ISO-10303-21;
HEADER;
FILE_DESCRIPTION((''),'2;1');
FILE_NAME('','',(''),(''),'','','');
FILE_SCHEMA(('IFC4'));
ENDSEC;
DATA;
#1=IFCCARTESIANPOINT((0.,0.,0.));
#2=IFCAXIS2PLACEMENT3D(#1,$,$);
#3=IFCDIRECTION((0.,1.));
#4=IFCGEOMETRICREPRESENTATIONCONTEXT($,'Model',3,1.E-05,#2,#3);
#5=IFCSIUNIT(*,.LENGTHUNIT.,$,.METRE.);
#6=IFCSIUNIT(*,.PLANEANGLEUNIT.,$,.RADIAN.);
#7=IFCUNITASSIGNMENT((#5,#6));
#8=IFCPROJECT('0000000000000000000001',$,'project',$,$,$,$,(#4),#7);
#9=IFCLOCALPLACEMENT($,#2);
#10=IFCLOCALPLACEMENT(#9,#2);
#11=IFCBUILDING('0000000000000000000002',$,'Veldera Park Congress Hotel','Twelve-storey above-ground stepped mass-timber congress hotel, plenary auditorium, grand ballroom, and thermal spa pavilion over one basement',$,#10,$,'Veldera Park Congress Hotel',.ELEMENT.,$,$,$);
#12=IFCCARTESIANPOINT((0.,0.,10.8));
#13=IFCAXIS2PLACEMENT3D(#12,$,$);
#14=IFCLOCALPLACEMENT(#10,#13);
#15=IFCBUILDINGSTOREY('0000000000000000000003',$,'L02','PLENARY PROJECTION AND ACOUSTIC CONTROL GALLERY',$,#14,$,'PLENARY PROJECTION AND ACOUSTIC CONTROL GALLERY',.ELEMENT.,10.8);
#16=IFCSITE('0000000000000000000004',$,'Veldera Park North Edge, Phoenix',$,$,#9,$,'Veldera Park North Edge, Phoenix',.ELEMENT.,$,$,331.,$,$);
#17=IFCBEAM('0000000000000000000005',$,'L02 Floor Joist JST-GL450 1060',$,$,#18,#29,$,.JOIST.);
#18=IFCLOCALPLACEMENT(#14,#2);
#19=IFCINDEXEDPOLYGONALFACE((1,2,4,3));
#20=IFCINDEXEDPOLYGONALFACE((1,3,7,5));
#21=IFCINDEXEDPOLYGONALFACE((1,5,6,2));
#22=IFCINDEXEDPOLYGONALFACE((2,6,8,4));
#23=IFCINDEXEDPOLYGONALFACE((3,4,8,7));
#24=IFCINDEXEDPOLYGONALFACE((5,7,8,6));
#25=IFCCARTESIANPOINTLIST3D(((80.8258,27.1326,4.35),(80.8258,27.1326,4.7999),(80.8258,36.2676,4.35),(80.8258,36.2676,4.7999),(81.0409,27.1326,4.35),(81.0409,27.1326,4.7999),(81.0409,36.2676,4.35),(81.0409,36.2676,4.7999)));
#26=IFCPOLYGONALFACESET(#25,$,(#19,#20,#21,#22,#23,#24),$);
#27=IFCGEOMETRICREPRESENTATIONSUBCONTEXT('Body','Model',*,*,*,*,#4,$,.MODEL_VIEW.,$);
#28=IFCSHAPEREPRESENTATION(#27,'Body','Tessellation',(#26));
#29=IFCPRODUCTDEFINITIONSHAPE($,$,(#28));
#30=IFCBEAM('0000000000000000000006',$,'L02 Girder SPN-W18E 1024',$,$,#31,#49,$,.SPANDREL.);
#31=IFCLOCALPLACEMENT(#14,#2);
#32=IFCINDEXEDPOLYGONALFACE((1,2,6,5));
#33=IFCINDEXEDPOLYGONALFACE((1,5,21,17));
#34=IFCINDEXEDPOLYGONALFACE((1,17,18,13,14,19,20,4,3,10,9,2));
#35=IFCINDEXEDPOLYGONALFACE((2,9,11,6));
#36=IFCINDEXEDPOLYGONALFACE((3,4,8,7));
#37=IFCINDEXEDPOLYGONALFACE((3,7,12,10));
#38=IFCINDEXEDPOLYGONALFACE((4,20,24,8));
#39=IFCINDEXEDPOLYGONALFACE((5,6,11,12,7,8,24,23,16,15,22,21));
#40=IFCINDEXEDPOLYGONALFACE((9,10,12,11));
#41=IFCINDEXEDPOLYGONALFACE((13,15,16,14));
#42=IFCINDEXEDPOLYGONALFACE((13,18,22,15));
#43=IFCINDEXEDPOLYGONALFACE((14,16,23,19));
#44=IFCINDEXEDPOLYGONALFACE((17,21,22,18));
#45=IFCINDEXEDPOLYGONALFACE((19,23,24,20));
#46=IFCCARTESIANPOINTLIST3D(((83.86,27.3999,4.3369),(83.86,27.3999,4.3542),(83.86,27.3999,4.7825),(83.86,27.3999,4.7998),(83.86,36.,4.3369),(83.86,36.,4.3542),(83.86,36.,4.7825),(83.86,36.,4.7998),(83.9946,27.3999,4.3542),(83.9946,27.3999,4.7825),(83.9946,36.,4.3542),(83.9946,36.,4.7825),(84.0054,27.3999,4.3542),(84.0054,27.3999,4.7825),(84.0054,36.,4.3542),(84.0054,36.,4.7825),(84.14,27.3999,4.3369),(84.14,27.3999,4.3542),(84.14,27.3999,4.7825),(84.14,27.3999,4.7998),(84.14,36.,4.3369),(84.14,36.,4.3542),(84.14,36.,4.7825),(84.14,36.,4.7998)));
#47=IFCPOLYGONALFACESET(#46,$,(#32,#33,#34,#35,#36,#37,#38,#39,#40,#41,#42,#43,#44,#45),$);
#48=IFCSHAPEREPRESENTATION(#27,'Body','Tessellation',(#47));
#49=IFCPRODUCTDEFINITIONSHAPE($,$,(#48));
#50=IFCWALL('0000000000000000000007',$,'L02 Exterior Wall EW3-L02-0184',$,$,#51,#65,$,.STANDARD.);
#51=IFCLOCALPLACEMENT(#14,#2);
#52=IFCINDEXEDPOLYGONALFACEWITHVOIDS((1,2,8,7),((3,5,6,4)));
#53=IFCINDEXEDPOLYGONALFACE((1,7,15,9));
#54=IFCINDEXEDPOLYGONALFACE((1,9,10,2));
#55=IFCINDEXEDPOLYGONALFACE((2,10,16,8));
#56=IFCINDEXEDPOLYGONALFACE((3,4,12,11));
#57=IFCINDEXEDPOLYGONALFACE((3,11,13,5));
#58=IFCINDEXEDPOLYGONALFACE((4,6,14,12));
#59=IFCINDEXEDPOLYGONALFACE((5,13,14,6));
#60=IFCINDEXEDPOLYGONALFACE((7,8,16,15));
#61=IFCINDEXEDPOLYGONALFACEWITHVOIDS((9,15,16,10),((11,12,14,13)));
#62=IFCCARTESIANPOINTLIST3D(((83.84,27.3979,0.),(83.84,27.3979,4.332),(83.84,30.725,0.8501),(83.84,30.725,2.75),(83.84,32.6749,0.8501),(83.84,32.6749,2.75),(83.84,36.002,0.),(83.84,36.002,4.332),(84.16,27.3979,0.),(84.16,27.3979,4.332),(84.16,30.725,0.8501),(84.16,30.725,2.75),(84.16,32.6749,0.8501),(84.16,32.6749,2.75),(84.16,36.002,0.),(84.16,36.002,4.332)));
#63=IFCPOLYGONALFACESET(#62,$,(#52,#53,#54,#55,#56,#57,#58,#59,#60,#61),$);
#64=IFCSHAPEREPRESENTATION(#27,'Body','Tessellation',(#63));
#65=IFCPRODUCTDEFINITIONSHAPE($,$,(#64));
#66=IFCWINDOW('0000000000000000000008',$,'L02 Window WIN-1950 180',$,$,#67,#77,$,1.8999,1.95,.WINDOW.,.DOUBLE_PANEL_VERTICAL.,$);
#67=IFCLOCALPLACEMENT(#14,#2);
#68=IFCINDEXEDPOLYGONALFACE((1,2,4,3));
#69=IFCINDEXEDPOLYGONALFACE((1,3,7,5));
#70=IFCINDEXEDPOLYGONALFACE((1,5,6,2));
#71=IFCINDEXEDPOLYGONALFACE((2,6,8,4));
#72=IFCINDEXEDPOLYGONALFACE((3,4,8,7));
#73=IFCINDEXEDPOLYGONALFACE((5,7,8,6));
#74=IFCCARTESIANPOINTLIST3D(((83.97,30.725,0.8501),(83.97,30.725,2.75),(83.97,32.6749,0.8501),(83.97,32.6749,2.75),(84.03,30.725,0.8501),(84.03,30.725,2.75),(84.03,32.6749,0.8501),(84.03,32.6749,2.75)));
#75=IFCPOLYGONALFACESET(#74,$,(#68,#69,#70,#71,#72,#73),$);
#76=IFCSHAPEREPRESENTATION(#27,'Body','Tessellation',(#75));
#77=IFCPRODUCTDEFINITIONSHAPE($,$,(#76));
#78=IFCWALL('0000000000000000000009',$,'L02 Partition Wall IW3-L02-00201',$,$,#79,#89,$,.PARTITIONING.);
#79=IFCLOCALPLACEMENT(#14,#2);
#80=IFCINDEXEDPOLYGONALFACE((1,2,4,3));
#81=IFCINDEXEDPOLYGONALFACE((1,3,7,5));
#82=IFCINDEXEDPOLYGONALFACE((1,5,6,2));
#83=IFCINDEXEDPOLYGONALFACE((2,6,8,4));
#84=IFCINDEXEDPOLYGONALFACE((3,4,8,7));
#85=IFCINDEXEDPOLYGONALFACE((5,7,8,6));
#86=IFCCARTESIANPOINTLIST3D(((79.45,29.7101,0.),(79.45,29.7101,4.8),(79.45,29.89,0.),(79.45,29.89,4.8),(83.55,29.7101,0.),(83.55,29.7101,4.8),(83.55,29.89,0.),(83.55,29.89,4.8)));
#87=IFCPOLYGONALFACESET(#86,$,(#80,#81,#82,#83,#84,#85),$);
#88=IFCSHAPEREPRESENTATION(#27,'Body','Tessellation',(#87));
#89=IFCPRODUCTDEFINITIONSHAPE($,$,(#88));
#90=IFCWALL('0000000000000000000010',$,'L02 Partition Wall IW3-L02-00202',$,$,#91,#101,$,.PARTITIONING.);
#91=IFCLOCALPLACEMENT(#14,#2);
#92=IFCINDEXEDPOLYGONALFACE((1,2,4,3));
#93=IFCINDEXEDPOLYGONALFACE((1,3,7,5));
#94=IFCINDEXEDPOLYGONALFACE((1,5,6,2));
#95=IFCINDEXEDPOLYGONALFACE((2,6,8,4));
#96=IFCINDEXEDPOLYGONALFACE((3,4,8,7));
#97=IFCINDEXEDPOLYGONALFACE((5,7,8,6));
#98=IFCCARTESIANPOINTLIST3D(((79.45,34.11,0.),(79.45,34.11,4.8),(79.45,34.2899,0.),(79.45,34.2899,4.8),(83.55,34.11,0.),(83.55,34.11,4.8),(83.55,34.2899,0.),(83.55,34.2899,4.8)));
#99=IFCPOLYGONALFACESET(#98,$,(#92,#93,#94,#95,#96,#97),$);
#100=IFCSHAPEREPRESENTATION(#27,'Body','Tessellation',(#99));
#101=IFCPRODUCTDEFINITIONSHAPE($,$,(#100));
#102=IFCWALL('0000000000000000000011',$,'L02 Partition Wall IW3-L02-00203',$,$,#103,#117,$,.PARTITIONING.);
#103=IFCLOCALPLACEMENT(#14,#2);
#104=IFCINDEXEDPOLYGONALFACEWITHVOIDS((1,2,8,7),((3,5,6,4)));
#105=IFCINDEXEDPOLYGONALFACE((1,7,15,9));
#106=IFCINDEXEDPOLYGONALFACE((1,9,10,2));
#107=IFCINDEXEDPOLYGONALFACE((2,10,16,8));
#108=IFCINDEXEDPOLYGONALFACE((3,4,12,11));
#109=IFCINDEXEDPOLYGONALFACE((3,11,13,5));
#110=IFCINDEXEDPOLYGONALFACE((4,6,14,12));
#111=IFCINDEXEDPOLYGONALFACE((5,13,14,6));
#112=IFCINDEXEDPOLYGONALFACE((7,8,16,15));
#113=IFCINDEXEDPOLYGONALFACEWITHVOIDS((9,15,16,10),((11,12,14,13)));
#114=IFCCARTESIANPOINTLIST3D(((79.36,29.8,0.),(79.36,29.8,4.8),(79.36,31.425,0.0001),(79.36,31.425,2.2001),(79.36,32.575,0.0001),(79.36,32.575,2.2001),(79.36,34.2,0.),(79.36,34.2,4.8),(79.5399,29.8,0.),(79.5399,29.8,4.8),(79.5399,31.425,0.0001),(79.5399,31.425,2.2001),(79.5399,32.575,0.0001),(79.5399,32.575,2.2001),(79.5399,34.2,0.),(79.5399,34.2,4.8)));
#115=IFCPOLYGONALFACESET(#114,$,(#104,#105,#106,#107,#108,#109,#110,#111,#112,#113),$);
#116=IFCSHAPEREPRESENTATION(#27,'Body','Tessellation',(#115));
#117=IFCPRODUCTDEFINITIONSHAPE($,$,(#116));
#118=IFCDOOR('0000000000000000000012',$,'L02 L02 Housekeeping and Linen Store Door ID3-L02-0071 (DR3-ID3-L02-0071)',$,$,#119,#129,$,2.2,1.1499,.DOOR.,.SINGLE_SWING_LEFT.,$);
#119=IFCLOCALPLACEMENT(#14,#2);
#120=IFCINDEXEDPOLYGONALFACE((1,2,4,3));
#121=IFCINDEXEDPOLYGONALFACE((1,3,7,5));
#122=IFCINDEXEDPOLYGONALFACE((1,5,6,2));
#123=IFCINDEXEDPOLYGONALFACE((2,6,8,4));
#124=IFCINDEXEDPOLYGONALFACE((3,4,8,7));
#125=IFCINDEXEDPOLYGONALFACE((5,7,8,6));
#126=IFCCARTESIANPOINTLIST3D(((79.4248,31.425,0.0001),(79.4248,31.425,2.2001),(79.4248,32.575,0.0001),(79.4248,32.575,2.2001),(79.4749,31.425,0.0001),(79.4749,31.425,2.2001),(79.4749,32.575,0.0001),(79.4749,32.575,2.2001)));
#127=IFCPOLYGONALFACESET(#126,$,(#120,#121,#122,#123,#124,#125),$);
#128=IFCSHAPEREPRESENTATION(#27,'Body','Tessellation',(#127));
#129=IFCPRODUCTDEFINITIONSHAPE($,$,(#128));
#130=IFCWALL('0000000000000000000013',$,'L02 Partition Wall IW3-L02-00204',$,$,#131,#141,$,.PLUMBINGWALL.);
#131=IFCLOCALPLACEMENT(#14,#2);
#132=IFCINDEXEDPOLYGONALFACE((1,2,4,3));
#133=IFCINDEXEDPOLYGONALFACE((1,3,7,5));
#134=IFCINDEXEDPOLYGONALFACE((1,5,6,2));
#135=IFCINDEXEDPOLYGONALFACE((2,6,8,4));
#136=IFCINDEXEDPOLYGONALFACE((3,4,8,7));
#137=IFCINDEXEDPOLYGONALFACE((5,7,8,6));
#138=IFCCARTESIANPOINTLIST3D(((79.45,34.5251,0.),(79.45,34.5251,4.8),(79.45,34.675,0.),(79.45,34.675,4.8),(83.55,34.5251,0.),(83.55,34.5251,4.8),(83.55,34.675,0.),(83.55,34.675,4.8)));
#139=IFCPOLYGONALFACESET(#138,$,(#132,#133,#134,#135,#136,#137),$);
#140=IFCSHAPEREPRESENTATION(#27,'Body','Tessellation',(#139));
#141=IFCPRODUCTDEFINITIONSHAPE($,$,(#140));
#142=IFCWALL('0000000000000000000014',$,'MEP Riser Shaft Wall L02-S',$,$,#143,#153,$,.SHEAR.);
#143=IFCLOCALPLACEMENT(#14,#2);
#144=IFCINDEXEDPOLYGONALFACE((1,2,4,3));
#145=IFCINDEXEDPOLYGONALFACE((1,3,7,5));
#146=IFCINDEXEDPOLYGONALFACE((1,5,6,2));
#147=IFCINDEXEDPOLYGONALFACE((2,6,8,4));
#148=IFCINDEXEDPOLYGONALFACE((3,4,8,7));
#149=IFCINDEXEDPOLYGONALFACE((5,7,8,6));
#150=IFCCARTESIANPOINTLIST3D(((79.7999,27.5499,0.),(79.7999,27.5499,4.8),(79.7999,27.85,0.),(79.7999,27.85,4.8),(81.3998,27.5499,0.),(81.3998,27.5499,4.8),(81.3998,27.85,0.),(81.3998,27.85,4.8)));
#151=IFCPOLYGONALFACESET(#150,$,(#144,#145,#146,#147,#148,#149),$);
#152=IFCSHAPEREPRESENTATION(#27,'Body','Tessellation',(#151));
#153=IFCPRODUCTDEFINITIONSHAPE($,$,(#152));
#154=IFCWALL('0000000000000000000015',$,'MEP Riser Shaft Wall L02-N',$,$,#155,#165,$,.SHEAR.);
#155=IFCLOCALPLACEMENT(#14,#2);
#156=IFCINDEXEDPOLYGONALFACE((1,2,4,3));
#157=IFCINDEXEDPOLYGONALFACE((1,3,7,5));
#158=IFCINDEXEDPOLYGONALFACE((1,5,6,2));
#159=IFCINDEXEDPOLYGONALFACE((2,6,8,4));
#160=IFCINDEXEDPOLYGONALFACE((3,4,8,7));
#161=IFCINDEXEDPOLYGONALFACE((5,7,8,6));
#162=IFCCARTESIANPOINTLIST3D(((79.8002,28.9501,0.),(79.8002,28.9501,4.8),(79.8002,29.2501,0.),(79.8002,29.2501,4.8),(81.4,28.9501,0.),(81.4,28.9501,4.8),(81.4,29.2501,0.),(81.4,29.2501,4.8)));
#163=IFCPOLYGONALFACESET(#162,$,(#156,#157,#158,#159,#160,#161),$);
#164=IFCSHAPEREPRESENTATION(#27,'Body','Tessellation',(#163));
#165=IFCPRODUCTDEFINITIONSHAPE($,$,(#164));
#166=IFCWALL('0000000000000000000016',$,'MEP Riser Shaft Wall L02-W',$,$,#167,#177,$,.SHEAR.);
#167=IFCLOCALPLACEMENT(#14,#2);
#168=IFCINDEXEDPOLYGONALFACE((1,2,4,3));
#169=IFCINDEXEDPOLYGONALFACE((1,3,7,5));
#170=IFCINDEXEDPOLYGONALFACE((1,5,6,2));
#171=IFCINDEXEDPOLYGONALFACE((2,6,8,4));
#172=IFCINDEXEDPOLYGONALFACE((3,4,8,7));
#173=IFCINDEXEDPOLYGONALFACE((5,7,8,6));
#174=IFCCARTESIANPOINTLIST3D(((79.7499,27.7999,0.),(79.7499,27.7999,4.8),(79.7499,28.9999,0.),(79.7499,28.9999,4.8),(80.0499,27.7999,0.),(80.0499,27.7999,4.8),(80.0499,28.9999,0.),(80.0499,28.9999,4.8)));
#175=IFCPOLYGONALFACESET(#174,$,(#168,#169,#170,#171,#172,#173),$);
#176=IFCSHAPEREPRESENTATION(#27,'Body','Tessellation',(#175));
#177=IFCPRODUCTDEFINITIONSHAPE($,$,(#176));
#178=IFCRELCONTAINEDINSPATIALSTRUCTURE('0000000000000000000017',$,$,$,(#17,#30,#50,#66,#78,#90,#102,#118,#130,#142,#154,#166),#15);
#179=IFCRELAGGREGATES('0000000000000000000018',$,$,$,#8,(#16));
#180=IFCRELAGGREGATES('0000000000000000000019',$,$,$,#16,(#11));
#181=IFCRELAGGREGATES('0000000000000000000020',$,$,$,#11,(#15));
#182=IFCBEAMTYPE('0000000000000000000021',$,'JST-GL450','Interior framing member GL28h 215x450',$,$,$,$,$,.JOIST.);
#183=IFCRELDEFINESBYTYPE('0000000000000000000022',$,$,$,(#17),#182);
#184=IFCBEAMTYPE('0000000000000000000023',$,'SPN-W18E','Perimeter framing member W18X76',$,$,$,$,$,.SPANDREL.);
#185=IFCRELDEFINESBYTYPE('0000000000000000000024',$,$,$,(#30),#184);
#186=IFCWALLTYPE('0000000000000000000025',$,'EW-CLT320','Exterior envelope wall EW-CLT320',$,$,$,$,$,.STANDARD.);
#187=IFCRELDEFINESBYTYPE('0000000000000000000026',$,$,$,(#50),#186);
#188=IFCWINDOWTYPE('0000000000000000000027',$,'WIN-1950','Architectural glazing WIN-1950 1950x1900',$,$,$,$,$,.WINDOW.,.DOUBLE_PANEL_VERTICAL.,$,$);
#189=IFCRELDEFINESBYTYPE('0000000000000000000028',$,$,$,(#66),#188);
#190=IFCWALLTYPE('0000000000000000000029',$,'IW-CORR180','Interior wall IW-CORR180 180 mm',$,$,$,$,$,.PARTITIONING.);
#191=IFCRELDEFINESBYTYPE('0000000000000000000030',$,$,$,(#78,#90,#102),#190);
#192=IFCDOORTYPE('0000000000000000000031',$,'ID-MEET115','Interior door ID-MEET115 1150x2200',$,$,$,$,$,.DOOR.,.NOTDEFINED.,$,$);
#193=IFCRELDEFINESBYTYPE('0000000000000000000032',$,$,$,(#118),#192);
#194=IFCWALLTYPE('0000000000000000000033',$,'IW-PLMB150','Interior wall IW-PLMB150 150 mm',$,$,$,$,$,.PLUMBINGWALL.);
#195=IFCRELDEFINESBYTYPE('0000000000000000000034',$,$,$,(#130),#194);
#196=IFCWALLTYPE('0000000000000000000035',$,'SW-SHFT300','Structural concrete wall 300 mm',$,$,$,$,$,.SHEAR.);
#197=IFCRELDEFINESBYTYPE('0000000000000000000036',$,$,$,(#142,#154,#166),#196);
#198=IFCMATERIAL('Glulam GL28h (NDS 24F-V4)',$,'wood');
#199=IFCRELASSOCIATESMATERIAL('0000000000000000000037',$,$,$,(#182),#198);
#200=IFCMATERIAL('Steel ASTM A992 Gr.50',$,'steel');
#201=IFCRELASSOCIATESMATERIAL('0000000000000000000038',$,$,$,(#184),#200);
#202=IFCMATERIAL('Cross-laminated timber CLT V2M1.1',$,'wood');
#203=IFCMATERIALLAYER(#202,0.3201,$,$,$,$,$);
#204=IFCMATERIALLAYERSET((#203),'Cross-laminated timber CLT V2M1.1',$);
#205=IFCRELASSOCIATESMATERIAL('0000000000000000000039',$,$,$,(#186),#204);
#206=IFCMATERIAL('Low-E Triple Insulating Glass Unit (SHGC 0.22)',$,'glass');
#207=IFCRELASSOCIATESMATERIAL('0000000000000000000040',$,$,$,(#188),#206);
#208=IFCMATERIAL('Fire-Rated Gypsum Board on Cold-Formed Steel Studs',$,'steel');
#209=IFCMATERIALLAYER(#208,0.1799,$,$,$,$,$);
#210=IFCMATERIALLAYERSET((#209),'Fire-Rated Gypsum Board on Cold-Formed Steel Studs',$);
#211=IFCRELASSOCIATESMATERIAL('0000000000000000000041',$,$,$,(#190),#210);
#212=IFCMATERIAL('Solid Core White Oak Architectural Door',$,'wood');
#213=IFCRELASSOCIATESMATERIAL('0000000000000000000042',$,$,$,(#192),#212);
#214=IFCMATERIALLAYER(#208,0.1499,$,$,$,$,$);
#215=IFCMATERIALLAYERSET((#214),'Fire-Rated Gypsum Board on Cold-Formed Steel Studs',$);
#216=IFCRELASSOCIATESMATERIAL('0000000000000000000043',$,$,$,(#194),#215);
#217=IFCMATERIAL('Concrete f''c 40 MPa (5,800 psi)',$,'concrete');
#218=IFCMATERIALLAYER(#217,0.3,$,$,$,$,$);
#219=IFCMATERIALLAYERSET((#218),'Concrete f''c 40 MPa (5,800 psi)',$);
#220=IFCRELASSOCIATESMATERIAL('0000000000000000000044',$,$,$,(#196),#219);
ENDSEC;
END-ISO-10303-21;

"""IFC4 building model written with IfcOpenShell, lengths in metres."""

from ifc_helpers import new_model, si_unit, direction, frame, frame_2d, origin, origin_2d, place, context, subcontext, project, spatial, rectangle, i_section, extrude, material, layer, layer_set, material_profile, profile_set, type_object, element, fill, save


model = new_model("IFC4")

# Units and contexts
model_context = context("Model", 3, precision=1e-05, world=origin(), true_north=direction((0.0, 1.0)))
body_context = subcontext(model_context, "Body", "Model", "MODEL_VIEW")
ifc_project = project(units=[si_unit("LENGTHUNIT", "METRE"), si_unit("PLANEANGLEUNIT", "RADIAN")], contexts=[model_context])

# Site, building, storey
site_placement = place(None, origin())
site = spatial("IfcSite", under=ifc_project, at=site_placement, Name="Veldera Park North Edge, Phoenix", LongName="Veldera Park North Edge, Phoenix", CompositionType="ELEMENT", RefElevation=331.0)
building_placement = place(site_placement, origin())
building = spatial("IfcBuilding", under=site, at=building_placement, Name="Veldera Park Congress Hotel", Description="Twelve-storey above-ground stepped mass-timber congress hotel, plenary auditorium, grand ballroom, and thermal spa pavilion over one basement", LongName="Veldera Park Congress Hotel", CompositionType="ELEMENT")
storey_placement = place(building_placement, frame((0.0, 0.0, 10.8)))
storey = spatial("IfcBuildingStorey", under=building, at=storey_placement, Name="L02", Description="PLENARY PROJECTION AND ACOUSTIC CONTROL GALLERY", LongName="PLENARY PROJECTION AND ACOUSTIC CONTROL GALLERY", CompositionType="ELEMENT", Elevation=10.8)

# Beams
ifc_material_1 = material(Name="Glulam GL28h (NDS 24F-V4)", Category="wood")
ifc_material_profile_1 = material_profile(ifc_material_1, rectangle(XDim=0.2151, YDim=0.45, at=origin_2d()), Name="GL28h 215x450")
ifc_profile_set_1 = profile_set([ifc_material_profile_1], Name="Glulam GL28h (NDS 24F-V4)")
beam_type_1 = type_object("IfcBeamType", Name="JST-GL450", Description="Interior framing member GL28h 215x450", PredefinedType="JOIST", material=ifc_profile_set_1)
beam_1_placement = place(storey_placement, frame((80.9333, 27.1326, 4.575), z_axis=(0.0, 1.0, 0.0), x_axis=(-1.0, 0.0, 0.0)))
element("IfcBeam", 1, at=beam_1_placement, inside=storey, type_object=beam_type_1, Name="L02 Floor Joist JST-GL450 1060", PredefinedType="JOIST", context=body_context, shape_type="SweptSolid", body=[
    extrude(rectangle(XDim=0.2151, YDim=0.45, at=origin_2d()), origin(), (0.0, 0.0, 1.0), 9.135),
])
ifc_material_2 = material(Name="Steel ASTM A992 Gr.50", Category="steel")
ifc_material_profile_2 = material_profile(ifc_material_2, i_section(OverallWidth=0.28, OverallDepth=0.4629, WebThickness=0.0107, FlangeThickness=0.0173, at=origin_2d()), Name="W18X76")
ifc_profile_set_2 = profile_set([ifc_material_profile_2], Name="Steel ASTM A992 Gr.50")
beam_type_2 = type_object("IfcBeamType", Name="SPN-W18E", Description="Perimeter framing member W18X76", PredefinedType="SPANDREL", material=ifc_profile_set_2)
beam_2_placement = place(storey_placement, frame((84.0, 27.3999, 4.5684), z_axis=(0.0, 1.0, 0.0), x_axis=(-1.0, 0.0, 0.0)))
element("IfcBeam", 2, at=beam_2_placement, inside=storey, type_object=beam_type_2, Name="L02 Girder SPN-W18E 1024", PredefinedType="SPANDREL", context=body_context, shape_type="SweptSolid", body=[
    extrude(i_section(OverallWidth=0.28, OverallDepth=0.4629, WebThickness=0.0107, FlangeThickness=0.0173, at=origin_2d()), origin(), (0.0, 0.0, 1.0), 8.6001),
])

# Wall, opening, window
ifc_material_3 = material(Name="Cross-laminated timber CLT V2M1.1", Category="wood")
ifc_layer_1 = layer(ifc_material_3, 0.3201)
ifc_layer_set_1 = layer_set([ifc_layer_1], Name="Cross-laminated timber CLT V2M1.1")
wall_type_1 = type_object("IfcWallType", Name="EW-CLT320", Description="Exterior envelope wall EW-CLT320", PredefinedType="STANDARD", material=ifc_layer_set_1)
wall_1_placement = place(storey_placement, frame((84.0, 27.3979, 0.0), z_axis=(0.0, 0.0, 1.0), x_axis=(0.0, 1.0, 0.0)))
wall_1 = element("IfcWall", 3, at=wall_1_placement, inside=storey, type_object=wall_type_1, Name="L02 Exterior Wall EW3-L02-0184", PredefinedType="STANDARD", context=body_context, shape_type="SweptSolid", body=[
    extrude(rectangle(XDim=8.604, YDim=0.3201, at=frame_2d((4.302, 0.0))), origin(), (0.0, 0.0, 1.0), 4.332),
])
opening_1_placement = place(wall_1_placement, frame((3.3269, 0.0, 0.8501)))
opening_1 = element("IfcOpeningElement", 4, at=opening_1_placement, cuts=wall_1, PredefinedType="OPENING", context=body_context, shape_type="SweptSolid", body=[
    extrude(rectangle(XDim=1.95, YDim=1.8999, at=frame_2d((0.9751, 0.95))), frame((0.0, 0.1721, 0.0), z_axis=(0.0, -1.0, 0.0), x_axis=(1.0, 0.0, 0.0)), (0.0, 0.0, 1.0), 0.344),
])
ifc_material_4 = material(Name="Low-E Triple Insulating Glass Unit (SHGC 0.22)", Category="glass")
window_type = type_object("IfcWindowType", Name="WIN-1950", Description="Architectural glazing WIN-1950 1950x1900", PartitioningType="DOUBLE_PANEL_VERTICAL", PredefinedType="WINDOW", material=ifc_material_4)
window_placement = place(opening_1_placement, origin())
window = element("IfcWindow", 5, at=window_placement, inside=storey, type_object=window_type, Name="L02 Window WIN-1950 180", OverallHeight=1.8999, OverallWidth=1.95, PartitioningType="DOUBLE_PANEL_VERTICAL", PredefinedType="WINDOW", context=body_context, shape_type="SweptSolid", body=[
    extrude(rectangle(XDim=1.95, YDim=1.8999, at=frame_2d((0.9751, 0.95))), frame((0.0, 0.03, 0.0), z_axis=(0.0, -1.0, 0.0), x_axis=(1.0, 0.0, 0.0)), (0.0, 0.0, 1.0), 0.0601),
])
fill(opening_1, window)

# Walls
ifc_material_5 = material(Name="Fire-Rated Gypsum Board on Cold-Formed Steel Studs", Category="steel")
ifc_layer_2 = layer(ifc_material_5, 0.1799)
ifc_layer_set_2 = layer_set([ifc_layer_2], Name="Fire-Rated Gypsum Board on Cold-Formed Steel Studs")
wall_type_2 = type_object("IfcWallType", Name="IW-CORR180", Description="Interior wall IW-CORR180 180 mm", PredefinedType="PARTITIONING", material=ifc_layer_set_2)
for number, where, z_axis, x_axis, name in (
    (6, (79.45, 29.8, 0.0), (0.0, 0.0, 1.0), (1.0, 0.0, 0.0), "L02 Partition Wall IW3-L02-00201"),
    (7, (83.55, 34.2, 0.0), (0.0, 0.0, 1.0), (-1.0, 0.0, 0.0), "L02 Partition Wall IW3-L02-00202"),
):
    element("IfcWall", number, at=place(storey_placement, frame(where, z_axis=z_axis, x_axis=x_axis)), inside=storey, type_object=wall_type_2, Name=name, PredefinedType="PARTITIONING", context=body_context, shape_type="SweptSolid", body=[
        extrude(rectangle(XDim=4.1001, YDim=0.1799, at=frame_2d((2.05, 0.0))), origin(), (0.0, 0.0, 1.0), 4.8),
    ])

# Wall, opening, door
wall_2_placement = place(storey_placement, frame((79.45, 34.2, 0.0), z_axis=(0.0, 0.0, 1.0), x_axis=(0.0, -1.0, 0.0)))
wall_2 = element("IfcWall", 8, at=wall_2_placement, inside=storey, type_object=wall_type_2, Name="L02 Partition Wall IW3-L02-00203", PredefinedType="PARTITIONING", context=body_context, shape_type="SweptSolid", body=[
    extrude(rectangle(XDim=4.3999, YDim=0.1799, at=frame_2d((2.2, 0.0))), origin(), (0.0, 0.0, 1.0), 4.8),
])
opening_2_placement = place(wall_2_placement, frame((1.625, 0.0, 0.0)))
opening_2 = element("IfcOpeningElement", 9, at=opening_2_placement, cuts=wall_2, PredefinedType="OPENING", context=body_context, shape_type="SweptSolid", body=[
    extrude(rectangle(XDim=1.1499, YDim=2.2, at=frame_2d((0.575, 1.1001))), frame((0.0, 0.1021, 0.0), z_axis=(0.0, -1.0, 0.0), x_axis=(1.0, 0.0, 0.0)), (0.0, 0.0, 1.0), 0.2039),
])
ifc_material_6 = material(Name="Solid Core White Oak Architectural Door", Category="wood")
door_type_1 = type_object("IfcDoorType", Name="ID-MEET115", Description="Interior door ID-MEET115 1150x2200", OperationType="NOTDEFINED", PredefinedType="DOOR", material=ifc_material_6)
door_1_placement = place(opening_2_placement, origin())
door_1 = element("IfcDoor", 10, at=door_1_placement, inside=storey, type_object=door_type_1, Name="L02 L02 Housekeeping and Linen Store Door ID3-L02-0071 (DR3-ID3-L02-0071)", OperationType="SINGLE_SWING_LEFT", OverallHeight=2.2, OverallWidth=1.1499, PredefinedType="DOOR", context=body_context, shape_type="SweptSolid", body=[
    extrude(rectangle(XDim=1.1499, YDim=2.2, at=frame_2d((0.575, 1.1001))), frame((0.0, 0.0249, 0.0), z_axis=(0.0, -1.0, 0.0), x_axis=(1.0, 0.0, 0.0)), (0.0, 0.0, 1.0), 0.05),
])
fill(opening_2, door_1)

# Walls
ifc_layer_3 = layer(ifc_material_5, 0.1499)
ifc_layer_set_3 = layer_set([ifc_layer_3], Name="Fire-Rated Gypsum Board on Cold-Formed Steel Studs")
wall_type_3 = type_object("IfcWallType", Name="IW-PLMB150", Description="Interior wall IW-PLMB150 150 mm", PredefinedType="PLUMBINGWALL", material=ifc_layer_set_3)
wall_3_placement = place(storey_placement, frame((79.45, 34.6001, 0.0), z_axis=(0.0, 0.0, 1.0), x_axis=(1.0, 0.0, 0.0)))
element("IfcWall", 11, at=wall_3_placement, inside=storey, type_object=wall_type_3, Name="L02 Partition Wall IW3-L02-00204", PredefinedType="PLUMBINGWALL", context=body_context, shape_type="SweptSolid", body=[
    extrude(rectangle(XDim=4.1001, YDim=0.1499, at=frame_2d((2.05, 0.0))), origin(), (0.0, 0.0, 1.0), 4.8),
])
ifc_material_7 = material(Name="Concrete f'c 40 MPa (5,800 psi)", Category="concrete")
ifc_layer_4 = layer(ifc_material_7, 0.3)
ifc_layer_set_4 = layer_set([ifc_layer_4], Name="Concrete f'c 40 MPa (5,800 psi)")
wall_type_4 = type_object("IfcWallType", Name="SW-SHFT300", Description="Structural concrete wall 300 mm", PredefinedType="SHEAR", material=ifc_layer_set_4)
for number, where, z_axis, x_axis, name in (
    (12, (79.8, 27.7, 0.0), (0.0, 0.0, 1.0), (1.0, 0.0, 0.0), "MEP Riser Shaft Wall L02-S"),
    (13, (81.3999, 29.1001, 0.0), (0.0, 0.0, 1.0), (-1.0, 0.0, 0.0), "MEP Riser Shaft Wall L02-N"),
):
    element("IfcWall", number, at=place(storey_placement, frame(where, z_axis=z_axis, x_axis=x_axis)), inside=storey, type_object=wall_type_4, Name=name, PredefinedType="SHEAR", context=body_context, shape_type="SweptSolid", body=[
        extrude(rectangle(XDim=1.5999, YDim=0.3, at=frame_2d((0.7998, 0.0))), origin(), (0.0, 0.0, 1.0), 4.8),
    ])
for number, where, z_axis, x_axis, name in (
    (14, (79.8999, 29.0, 0.0), (0.0, 0.0, 1.0), (0.0, -1.0, 0.0), "MEP Riser Shaft Wall L02-W"),
):
    element("IfcWall", number, at=place(storey_placement, frame(where, z_axis=z_axis, x_axis=x_axis)), inside=storey, type_object=wall_type_4, Name=name, PredefinedType="SHEAR", context=body_context, shape_type="SweptSolid", body=[
        extrude(rectangle(XDim=1.2, YDim=0.3, at=frame_2d((0.6001, 0.0))), origin(), (0.0, 0.0, 1.0), 4.8),
    ])

save(model, "model.ifc")
